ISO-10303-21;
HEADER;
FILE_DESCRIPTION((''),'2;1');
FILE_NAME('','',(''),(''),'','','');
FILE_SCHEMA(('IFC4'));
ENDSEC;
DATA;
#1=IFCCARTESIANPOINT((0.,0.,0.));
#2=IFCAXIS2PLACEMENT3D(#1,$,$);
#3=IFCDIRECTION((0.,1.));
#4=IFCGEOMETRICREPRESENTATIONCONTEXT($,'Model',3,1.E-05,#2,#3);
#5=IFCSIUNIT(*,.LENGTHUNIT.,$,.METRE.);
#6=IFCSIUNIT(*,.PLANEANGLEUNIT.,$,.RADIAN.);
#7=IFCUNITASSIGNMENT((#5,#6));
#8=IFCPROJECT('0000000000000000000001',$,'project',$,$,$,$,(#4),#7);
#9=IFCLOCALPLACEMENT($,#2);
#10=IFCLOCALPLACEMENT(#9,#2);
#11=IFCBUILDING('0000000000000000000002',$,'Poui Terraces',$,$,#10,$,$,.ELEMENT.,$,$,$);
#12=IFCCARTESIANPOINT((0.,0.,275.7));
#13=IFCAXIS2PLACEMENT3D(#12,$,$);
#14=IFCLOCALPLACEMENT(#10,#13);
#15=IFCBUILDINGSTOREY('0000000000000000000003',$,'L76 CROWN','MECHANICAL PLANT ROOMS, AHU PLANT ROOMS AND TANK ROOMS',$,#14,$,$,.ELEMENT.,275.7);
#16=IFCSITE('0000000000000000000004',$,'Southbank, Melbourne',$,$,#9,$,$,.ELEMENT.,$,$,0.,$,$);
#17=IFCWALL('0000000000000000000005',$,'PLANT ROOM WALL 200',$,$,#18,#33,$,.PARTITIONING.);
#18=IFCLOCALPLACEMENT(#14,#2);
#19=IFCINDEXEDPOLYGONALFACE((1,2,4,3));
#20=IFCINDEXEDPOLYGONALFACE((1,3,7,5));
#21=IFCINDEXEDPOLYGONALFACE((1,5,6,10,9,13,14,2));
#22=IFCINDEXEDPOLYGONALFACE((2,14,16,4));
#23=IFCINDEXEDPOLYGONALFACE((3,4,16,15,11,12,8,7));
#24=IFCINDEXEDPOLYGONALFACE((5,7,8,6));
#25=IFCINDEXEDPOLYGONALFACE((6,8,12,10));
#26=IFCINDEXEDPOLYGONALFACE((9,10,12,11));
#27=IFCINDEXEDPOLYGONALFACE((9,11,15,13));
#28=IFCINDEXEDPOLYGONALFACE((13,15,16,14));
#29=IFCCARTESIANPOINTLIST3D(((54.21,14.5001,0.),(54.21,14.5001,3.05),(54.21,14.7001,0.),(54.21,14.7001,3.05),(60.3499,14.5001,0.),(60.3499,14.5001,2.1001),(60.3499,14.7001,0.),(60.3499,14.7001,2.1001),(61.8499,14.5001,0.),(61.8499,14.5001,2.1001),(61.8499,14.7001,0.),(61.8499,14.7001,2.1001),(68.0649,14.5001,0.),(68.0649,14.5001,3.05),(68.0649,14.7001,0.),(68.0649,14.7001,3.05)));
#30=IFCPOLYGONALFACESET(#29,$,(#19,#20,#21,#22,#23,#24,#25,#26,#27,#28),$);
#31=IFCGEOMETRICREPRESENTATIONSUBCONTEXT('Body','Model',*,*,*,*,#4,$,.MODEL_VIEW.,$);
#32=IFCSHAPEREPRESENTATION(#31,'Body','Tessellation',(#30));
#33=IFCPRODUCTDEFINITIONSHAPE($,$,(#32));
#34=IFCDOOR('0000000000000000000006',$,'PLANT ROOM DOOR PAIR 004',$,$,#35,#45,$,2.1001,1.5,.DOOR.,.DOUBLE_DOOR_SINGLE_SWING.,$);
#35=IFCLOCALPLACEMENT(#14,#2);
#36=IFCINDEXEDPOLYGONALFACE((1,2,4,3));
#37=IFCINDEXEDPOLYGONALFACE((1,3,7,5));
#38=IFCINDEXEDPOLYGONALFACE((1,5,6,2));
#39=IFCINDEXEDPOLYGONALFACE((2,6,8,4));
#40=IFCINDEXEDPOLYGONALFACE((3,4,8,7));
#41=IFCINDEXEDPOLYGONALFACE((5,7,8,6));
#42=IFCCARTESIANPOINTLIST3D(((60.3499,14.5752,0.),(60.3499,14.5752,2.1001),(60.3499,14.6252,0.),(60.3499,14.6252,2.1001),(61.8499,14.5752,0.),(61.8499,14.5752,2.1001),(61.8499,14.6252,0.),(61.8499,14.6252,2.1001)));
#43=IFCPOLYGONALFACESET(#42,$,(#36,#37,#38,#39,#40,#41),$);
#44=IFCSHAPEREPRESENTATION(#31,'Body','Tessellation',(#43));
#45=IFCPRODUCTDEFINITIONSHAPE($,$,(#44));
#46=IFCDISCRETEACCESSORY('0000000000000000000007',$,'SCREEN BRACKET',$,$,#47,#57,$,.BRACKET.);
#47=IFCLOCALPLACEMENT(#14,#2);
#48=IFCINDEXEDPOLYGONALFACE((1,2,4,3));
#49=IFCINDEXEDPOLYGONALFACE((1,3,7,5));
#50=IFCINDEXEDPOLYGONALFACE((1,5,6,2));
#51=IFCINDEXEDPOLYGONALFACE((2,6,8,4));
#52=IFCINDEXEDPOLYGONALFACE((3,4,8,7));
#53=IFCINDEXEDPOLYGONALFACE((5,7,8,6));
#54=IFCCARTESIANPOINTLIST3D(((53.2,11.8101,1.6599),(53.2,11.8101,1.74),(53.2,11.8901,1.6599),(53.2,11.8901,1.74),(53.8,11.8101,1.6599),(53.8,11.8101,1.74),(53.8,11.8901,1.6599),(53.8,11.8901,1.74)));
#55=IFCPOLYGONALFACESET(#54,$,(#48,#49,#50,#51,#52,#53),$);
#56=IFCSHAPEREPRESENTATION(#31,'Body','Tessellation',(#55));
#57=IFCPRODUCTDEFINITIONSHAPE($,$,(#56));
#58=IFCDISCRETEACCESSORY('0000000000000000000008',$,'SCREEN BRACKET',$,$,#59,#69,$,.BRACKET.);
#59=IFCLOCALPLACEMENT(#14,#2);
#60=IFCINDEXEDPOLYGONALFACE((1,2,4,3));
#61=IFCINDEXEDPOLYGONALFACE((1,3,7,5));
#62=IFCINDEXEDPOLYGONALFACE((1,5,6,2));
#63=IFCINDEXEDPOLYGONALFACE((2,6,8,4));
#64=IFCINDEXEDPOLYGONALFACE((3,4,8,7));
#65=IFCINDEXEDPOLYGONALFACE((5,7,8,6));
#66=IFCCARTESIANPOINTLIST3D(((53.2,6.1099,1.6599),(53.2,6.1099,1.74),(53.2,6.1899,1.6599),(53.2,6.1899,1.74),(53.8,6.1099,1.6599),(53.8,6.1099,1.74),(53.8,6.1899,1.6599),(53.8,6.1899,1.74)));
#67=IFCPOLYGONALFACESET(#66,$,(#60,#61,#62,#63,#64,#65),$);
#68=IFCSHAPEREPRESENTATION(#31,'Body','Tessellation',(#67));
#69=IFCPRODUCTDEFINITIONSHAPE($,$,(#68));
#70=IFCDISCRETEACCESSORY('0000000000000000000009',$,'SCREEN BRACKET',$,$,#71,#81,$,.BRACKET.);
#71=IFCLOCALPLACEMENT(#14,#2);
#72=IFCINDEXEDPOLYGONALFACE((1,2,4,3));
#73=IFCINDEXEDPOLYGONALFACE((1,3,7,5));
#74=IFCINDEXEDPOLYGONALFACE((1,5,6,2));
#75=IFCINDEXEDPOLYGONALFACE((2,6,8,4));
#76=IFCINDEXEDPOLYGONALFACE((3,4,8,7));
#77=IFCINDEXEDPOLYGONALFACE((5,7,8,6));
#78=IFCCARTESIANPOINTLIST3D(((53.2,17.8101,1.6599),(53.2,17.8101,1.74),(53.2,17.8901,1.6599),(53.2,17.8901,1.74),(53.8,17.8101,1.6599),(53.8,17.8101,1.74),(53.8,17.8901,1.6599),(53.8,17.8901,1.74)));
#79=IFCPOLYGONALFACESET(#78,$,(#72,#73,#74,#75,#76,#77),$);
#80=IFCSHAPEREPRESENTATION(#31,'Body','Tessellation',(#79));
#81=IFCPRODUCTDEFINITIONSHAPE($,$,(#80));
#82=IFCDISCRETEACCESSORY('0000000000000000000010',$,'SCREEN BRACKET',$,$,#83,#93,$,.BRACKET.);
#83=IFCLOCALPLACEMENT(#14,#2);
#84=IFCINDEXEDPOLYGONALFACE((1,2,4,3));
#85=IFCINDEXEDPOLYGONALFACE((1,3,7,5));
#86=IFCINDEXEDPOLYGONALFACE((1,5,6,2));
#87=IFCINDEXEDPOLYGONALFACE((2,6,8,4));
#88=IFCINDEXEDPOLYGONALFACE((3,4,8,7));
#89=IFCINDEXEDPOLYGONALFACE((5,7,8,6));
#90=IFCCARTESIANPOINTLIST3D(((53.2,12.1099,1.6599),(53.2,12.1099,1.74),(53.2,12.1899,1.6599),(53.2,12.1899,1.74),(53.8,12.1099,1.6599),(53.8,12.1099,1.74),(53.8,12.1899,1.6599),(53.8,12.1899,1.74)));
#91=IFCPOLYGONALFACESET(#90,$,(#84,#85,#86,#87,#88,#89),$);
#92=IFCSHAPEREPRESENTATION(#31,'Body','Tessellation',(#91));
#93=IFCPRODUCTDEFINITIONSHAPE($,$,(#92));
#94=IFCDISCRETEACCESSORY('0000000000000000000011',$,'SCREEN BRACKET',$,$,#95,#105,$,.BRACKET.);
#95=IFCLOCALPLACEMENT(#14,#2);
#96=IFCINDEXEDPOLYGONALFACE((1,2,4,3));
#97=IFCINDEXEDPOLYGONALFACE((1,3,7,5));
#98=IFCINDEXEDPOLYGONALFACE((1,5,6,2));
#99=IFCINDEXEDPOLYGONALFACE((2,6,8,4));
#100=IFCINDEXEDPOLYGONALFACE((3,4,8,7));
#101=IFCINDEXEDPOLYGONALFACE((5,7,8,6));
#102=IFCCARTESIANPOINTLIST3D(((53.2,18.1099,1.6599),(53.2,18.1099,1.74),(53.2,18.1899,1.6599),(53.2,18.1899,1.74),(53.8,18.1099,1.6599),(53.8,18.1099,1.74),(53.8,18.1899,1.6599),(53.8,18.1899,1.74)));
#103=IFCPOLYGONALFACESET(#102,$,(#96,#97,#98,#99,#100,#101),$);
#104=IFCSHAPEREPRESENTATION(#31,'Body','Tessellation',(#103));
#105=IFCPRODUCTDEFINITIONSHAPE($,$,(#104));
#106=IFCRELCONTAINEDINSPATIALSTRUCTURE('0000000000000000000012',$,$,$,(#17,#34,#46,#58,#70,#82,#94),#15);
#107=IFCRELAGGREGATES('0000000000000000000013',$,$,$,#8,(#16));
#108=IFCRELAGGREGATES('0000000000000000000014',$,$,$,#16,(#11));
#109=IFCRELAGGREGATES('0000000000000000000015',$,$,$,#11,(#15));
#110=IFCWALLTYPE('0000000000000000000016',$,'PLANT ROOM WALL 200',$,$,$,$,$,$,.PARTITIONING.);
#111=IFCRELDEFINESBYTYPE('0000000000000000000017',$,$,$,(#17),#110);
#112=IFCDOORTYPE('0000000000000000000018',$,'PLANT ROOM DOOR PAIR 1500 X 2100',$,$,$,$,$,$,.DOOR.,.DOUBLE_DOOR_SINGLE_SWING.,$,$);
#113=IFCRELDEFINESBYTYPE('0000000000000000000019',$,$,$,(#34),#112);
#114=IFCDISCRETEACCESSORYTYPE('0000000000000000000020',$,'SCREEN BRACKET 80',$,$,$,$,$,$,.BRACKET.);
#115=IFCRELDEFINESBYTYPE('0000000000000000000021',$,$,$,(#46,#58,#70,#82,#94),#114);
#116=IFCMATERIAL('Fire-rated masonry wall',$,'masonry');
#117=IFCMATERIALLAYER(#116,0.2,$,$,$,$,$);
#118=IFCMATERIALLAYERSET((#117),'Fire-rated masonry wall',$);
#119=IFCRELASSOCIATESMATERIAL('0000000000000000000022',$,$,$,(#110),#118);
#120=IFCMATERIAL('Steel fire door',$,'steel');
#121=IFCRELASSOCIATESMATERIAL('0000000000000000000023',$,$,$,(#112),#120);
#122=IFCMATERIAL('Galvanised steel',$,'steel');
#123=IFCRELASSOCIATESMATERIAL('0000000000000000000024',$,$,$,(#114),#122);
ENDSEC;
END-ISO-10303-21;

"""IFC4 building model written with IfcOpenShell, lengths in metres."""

from ifc_helpers import new_model, si_unit, direction, frame, frame_2d, origin, origin_2d, place, context, subcontext, project, spatial, rectangle, extrude, source, transform, mapped, material, layer, layer_set, material_profile, profile_set, type_object, element, fill, save


model = new_model("IFC4")

# Units and contexts
model_context = context("Model", 3, precision=1e-05, world=origin(), true_north=direction((0.0, 1.0)))
body_context = subcontext(model_context, "Body", "Model", "MODEL_VIEW")
ifc_project = project(units=[si_unit("LENGTHUNIT", "METRE"), si_unit("PLANEANGLEUNIT", "RADIAN")], contexts=[model_context])

# Site, building, storey
site_placement = place(None, origin())
site = spatial("IfcSite", under=ifc_project, at=site_placement, Name="Southbank, Melbourne", CompositionType="ELEMENT", RefElevation=0.0)
building_placement = place(site_placement, origin())
building = spatial("IfcBuilding", under=site, at=building_placement, Name="Poui Terraces", CompositionType="ELEMENT")
storey_placement = place(building_placement, frame((0.0, 0.0, 275.7)))
storey = spatial("IfcBuildingStorey", under=building, at=storey_placement, Name="L76 CROWN", Description="MECHANICAL PLANT ROOMS, AHU PLANT ROOMS AND TANK ROOMS", CompositionType="ELEMENT", Elevation=275.7)

# Wall, opening, door
ifc_material_1 = material(Name="Fire-rated masonry wall", Category="masonry")
ifc_layer_1 = layer(ifc_material_1, 0.2)
ifc_layer_set_1 = layer_set([ifc_layer_1], Name="Fire-rated masonry wall")
wall_type_1 = type_object("IfcWallType", Name="PLANT ROOM WALL 200", PredefinedType="PARTITIONING", material=ifc_layer_set_1)
wall_1_placement = place(storey_placement, frame((54.21, 14.6001, 0.0), z_axis=(0.0, 0.0, 1.0), x_axis=(1.0, 0.0, 0.0)))
wall_1 = element("IfcWall", 1, at=wall_1_placement, inside=storey, type_object=wall_type_1, Name="PLANT ROOM WALL 200", PredefinedType="PARTITIONING", context=body_context, shape_type="SweptSolid", body=[
    extrude(rectangle(XDim=13.855, YDim=0.2, at=frame_2d((6.9275, 0.0))), origin(), (0.0, 0.0, 1.0), 3.05),
])
opening_1_placement = place(wall_1_placement, frame((6.1399, 0.0, 0.0)))
opening_1 = element("IfcOpeningElement", 2, at=opening_1_placement, cuts=wall_1, PredefinedType="OPENING", context=body_context, shape_type="SweptSolid", body=[
    extrude(rectangle(XDim=1.5, YDim=2.1001, at=frame_2d((0.75, 1.05))), frame((0.0, 0.1099, 0.0), z_axis=(0.0, -1.0, 0.0), x_axis=(1.0, 0.0, 0.0)), (0.0, 0.0, 1.0), 0.22),
])
ifc_material_2 = material(Name="Steel fire door", Category="steel")
door_type = type_object("IfcDoorType", Name="PLANT ROOM DOOR PAIR 1500 X 2100", OperationType="DOUBLE_DOOR_SINGLE_SWING", PredefinedType="DOOR", material=ifc_material_2)
door_placement = place(opening_1_placement, frame((1.5, 0.0, 0.0), z_axis=(0.0, 0.0, 1.0), x_axis=(-1.0, 0.0, 0.0)))
door = element("IfcDoor", 3, at=door_placement, inside=storey, type_object=door_type, Name="PLANT ROOM DOOR PAIR 004", OperationType="DOUBLE_DOOR_SINGLE_SWING", OverallHeight=2.1001, OverallWidth=1.5, PredefinedType="DOOR", context=body_context, shape_type="SweptSolid", body=[
    extrude(rectangle(XDim=1.5, YDim=2.1001, at=frame_2d((0.75, 1.05))), frame((0.0, 0.0249, 0.0), z_axis=(0.0, -1.0, 0.0), x_axis=(1.0, 0.0, 0.0)), (0.0, 0.0, 1.0), 0.05),
])
fill(opening_1, door)

# Discrete accessories
ifc_material_3 = material(Name="Galvanised steel", Category="steel")
ifc_material_profile_1 = material_profile(ifc_material_3, rectangle(XDim=0.0801, YDim=0.0801, at=origin_2d()), Name="SCREEN BRACKET 80")
ifc_profile_set_1 = profile_set([ifc_material_profile_1], Name="Galvanised steel")
discrete_accessory_type = type_object("IfcDiscreteAccessoryType", Name="SCREEN BRACKET 80", PredefinedType="BRACKET", material=ifc_profile_set_1)
shared_shape_1 = source(origin(), body_context, "Body", "SweptSolid", [
    extrude(rectangle(XDim=0.0801, YDim=0.0801, at=origin_2d()), origin(), (0.0, 0.0, 1.0), 0.6001),
])
for number, where, z_axis, x_axis, name in (
    (4, (53.8, 11.8501, 1.7), (-1.0, 0.0, 0.0), (0.0, -1.0, 0.0), "SCREEN BRACKET"),
    (5, (53.8, 6.1499, 1.7), (-1.0, 0.0, 0.0), (0.0, -1.0, 0.0), "SCREEN BRACKET"),
    (6, (53.8, 17.8501, 1.7), (-1.0, 0.0, 0.0), (0.0, -1.0, 0.0), "SCREEN BRACKET"),
    (7, (53.8, 12.1499, 1.7), (-1.0, 0.0, 0.0), (0.0, -1.0, 0.0), "SCREEN BRACKET"),
    (8, (53.8, 18.1499, 1.7), (-1.0, 0.0, 0.0), (0.0, -1.0, 0.0), "SCREEN BRACKET"),
):
    element("IfcDiscreteAccessory", number, at=place(storey_placement, frame(where, z_axis=z_axis, x_axis=x_axis)), inside=storey, type_object=discrete_accessory_type, Name=name, PredefinedType="BRACKET", context=body_context, shape_type="MappedRepresentation", body=[
        mapped(shared_shape_1, transform((0.0, 0.0, 0.0))),
    ])

save(model, "model.ifc")
